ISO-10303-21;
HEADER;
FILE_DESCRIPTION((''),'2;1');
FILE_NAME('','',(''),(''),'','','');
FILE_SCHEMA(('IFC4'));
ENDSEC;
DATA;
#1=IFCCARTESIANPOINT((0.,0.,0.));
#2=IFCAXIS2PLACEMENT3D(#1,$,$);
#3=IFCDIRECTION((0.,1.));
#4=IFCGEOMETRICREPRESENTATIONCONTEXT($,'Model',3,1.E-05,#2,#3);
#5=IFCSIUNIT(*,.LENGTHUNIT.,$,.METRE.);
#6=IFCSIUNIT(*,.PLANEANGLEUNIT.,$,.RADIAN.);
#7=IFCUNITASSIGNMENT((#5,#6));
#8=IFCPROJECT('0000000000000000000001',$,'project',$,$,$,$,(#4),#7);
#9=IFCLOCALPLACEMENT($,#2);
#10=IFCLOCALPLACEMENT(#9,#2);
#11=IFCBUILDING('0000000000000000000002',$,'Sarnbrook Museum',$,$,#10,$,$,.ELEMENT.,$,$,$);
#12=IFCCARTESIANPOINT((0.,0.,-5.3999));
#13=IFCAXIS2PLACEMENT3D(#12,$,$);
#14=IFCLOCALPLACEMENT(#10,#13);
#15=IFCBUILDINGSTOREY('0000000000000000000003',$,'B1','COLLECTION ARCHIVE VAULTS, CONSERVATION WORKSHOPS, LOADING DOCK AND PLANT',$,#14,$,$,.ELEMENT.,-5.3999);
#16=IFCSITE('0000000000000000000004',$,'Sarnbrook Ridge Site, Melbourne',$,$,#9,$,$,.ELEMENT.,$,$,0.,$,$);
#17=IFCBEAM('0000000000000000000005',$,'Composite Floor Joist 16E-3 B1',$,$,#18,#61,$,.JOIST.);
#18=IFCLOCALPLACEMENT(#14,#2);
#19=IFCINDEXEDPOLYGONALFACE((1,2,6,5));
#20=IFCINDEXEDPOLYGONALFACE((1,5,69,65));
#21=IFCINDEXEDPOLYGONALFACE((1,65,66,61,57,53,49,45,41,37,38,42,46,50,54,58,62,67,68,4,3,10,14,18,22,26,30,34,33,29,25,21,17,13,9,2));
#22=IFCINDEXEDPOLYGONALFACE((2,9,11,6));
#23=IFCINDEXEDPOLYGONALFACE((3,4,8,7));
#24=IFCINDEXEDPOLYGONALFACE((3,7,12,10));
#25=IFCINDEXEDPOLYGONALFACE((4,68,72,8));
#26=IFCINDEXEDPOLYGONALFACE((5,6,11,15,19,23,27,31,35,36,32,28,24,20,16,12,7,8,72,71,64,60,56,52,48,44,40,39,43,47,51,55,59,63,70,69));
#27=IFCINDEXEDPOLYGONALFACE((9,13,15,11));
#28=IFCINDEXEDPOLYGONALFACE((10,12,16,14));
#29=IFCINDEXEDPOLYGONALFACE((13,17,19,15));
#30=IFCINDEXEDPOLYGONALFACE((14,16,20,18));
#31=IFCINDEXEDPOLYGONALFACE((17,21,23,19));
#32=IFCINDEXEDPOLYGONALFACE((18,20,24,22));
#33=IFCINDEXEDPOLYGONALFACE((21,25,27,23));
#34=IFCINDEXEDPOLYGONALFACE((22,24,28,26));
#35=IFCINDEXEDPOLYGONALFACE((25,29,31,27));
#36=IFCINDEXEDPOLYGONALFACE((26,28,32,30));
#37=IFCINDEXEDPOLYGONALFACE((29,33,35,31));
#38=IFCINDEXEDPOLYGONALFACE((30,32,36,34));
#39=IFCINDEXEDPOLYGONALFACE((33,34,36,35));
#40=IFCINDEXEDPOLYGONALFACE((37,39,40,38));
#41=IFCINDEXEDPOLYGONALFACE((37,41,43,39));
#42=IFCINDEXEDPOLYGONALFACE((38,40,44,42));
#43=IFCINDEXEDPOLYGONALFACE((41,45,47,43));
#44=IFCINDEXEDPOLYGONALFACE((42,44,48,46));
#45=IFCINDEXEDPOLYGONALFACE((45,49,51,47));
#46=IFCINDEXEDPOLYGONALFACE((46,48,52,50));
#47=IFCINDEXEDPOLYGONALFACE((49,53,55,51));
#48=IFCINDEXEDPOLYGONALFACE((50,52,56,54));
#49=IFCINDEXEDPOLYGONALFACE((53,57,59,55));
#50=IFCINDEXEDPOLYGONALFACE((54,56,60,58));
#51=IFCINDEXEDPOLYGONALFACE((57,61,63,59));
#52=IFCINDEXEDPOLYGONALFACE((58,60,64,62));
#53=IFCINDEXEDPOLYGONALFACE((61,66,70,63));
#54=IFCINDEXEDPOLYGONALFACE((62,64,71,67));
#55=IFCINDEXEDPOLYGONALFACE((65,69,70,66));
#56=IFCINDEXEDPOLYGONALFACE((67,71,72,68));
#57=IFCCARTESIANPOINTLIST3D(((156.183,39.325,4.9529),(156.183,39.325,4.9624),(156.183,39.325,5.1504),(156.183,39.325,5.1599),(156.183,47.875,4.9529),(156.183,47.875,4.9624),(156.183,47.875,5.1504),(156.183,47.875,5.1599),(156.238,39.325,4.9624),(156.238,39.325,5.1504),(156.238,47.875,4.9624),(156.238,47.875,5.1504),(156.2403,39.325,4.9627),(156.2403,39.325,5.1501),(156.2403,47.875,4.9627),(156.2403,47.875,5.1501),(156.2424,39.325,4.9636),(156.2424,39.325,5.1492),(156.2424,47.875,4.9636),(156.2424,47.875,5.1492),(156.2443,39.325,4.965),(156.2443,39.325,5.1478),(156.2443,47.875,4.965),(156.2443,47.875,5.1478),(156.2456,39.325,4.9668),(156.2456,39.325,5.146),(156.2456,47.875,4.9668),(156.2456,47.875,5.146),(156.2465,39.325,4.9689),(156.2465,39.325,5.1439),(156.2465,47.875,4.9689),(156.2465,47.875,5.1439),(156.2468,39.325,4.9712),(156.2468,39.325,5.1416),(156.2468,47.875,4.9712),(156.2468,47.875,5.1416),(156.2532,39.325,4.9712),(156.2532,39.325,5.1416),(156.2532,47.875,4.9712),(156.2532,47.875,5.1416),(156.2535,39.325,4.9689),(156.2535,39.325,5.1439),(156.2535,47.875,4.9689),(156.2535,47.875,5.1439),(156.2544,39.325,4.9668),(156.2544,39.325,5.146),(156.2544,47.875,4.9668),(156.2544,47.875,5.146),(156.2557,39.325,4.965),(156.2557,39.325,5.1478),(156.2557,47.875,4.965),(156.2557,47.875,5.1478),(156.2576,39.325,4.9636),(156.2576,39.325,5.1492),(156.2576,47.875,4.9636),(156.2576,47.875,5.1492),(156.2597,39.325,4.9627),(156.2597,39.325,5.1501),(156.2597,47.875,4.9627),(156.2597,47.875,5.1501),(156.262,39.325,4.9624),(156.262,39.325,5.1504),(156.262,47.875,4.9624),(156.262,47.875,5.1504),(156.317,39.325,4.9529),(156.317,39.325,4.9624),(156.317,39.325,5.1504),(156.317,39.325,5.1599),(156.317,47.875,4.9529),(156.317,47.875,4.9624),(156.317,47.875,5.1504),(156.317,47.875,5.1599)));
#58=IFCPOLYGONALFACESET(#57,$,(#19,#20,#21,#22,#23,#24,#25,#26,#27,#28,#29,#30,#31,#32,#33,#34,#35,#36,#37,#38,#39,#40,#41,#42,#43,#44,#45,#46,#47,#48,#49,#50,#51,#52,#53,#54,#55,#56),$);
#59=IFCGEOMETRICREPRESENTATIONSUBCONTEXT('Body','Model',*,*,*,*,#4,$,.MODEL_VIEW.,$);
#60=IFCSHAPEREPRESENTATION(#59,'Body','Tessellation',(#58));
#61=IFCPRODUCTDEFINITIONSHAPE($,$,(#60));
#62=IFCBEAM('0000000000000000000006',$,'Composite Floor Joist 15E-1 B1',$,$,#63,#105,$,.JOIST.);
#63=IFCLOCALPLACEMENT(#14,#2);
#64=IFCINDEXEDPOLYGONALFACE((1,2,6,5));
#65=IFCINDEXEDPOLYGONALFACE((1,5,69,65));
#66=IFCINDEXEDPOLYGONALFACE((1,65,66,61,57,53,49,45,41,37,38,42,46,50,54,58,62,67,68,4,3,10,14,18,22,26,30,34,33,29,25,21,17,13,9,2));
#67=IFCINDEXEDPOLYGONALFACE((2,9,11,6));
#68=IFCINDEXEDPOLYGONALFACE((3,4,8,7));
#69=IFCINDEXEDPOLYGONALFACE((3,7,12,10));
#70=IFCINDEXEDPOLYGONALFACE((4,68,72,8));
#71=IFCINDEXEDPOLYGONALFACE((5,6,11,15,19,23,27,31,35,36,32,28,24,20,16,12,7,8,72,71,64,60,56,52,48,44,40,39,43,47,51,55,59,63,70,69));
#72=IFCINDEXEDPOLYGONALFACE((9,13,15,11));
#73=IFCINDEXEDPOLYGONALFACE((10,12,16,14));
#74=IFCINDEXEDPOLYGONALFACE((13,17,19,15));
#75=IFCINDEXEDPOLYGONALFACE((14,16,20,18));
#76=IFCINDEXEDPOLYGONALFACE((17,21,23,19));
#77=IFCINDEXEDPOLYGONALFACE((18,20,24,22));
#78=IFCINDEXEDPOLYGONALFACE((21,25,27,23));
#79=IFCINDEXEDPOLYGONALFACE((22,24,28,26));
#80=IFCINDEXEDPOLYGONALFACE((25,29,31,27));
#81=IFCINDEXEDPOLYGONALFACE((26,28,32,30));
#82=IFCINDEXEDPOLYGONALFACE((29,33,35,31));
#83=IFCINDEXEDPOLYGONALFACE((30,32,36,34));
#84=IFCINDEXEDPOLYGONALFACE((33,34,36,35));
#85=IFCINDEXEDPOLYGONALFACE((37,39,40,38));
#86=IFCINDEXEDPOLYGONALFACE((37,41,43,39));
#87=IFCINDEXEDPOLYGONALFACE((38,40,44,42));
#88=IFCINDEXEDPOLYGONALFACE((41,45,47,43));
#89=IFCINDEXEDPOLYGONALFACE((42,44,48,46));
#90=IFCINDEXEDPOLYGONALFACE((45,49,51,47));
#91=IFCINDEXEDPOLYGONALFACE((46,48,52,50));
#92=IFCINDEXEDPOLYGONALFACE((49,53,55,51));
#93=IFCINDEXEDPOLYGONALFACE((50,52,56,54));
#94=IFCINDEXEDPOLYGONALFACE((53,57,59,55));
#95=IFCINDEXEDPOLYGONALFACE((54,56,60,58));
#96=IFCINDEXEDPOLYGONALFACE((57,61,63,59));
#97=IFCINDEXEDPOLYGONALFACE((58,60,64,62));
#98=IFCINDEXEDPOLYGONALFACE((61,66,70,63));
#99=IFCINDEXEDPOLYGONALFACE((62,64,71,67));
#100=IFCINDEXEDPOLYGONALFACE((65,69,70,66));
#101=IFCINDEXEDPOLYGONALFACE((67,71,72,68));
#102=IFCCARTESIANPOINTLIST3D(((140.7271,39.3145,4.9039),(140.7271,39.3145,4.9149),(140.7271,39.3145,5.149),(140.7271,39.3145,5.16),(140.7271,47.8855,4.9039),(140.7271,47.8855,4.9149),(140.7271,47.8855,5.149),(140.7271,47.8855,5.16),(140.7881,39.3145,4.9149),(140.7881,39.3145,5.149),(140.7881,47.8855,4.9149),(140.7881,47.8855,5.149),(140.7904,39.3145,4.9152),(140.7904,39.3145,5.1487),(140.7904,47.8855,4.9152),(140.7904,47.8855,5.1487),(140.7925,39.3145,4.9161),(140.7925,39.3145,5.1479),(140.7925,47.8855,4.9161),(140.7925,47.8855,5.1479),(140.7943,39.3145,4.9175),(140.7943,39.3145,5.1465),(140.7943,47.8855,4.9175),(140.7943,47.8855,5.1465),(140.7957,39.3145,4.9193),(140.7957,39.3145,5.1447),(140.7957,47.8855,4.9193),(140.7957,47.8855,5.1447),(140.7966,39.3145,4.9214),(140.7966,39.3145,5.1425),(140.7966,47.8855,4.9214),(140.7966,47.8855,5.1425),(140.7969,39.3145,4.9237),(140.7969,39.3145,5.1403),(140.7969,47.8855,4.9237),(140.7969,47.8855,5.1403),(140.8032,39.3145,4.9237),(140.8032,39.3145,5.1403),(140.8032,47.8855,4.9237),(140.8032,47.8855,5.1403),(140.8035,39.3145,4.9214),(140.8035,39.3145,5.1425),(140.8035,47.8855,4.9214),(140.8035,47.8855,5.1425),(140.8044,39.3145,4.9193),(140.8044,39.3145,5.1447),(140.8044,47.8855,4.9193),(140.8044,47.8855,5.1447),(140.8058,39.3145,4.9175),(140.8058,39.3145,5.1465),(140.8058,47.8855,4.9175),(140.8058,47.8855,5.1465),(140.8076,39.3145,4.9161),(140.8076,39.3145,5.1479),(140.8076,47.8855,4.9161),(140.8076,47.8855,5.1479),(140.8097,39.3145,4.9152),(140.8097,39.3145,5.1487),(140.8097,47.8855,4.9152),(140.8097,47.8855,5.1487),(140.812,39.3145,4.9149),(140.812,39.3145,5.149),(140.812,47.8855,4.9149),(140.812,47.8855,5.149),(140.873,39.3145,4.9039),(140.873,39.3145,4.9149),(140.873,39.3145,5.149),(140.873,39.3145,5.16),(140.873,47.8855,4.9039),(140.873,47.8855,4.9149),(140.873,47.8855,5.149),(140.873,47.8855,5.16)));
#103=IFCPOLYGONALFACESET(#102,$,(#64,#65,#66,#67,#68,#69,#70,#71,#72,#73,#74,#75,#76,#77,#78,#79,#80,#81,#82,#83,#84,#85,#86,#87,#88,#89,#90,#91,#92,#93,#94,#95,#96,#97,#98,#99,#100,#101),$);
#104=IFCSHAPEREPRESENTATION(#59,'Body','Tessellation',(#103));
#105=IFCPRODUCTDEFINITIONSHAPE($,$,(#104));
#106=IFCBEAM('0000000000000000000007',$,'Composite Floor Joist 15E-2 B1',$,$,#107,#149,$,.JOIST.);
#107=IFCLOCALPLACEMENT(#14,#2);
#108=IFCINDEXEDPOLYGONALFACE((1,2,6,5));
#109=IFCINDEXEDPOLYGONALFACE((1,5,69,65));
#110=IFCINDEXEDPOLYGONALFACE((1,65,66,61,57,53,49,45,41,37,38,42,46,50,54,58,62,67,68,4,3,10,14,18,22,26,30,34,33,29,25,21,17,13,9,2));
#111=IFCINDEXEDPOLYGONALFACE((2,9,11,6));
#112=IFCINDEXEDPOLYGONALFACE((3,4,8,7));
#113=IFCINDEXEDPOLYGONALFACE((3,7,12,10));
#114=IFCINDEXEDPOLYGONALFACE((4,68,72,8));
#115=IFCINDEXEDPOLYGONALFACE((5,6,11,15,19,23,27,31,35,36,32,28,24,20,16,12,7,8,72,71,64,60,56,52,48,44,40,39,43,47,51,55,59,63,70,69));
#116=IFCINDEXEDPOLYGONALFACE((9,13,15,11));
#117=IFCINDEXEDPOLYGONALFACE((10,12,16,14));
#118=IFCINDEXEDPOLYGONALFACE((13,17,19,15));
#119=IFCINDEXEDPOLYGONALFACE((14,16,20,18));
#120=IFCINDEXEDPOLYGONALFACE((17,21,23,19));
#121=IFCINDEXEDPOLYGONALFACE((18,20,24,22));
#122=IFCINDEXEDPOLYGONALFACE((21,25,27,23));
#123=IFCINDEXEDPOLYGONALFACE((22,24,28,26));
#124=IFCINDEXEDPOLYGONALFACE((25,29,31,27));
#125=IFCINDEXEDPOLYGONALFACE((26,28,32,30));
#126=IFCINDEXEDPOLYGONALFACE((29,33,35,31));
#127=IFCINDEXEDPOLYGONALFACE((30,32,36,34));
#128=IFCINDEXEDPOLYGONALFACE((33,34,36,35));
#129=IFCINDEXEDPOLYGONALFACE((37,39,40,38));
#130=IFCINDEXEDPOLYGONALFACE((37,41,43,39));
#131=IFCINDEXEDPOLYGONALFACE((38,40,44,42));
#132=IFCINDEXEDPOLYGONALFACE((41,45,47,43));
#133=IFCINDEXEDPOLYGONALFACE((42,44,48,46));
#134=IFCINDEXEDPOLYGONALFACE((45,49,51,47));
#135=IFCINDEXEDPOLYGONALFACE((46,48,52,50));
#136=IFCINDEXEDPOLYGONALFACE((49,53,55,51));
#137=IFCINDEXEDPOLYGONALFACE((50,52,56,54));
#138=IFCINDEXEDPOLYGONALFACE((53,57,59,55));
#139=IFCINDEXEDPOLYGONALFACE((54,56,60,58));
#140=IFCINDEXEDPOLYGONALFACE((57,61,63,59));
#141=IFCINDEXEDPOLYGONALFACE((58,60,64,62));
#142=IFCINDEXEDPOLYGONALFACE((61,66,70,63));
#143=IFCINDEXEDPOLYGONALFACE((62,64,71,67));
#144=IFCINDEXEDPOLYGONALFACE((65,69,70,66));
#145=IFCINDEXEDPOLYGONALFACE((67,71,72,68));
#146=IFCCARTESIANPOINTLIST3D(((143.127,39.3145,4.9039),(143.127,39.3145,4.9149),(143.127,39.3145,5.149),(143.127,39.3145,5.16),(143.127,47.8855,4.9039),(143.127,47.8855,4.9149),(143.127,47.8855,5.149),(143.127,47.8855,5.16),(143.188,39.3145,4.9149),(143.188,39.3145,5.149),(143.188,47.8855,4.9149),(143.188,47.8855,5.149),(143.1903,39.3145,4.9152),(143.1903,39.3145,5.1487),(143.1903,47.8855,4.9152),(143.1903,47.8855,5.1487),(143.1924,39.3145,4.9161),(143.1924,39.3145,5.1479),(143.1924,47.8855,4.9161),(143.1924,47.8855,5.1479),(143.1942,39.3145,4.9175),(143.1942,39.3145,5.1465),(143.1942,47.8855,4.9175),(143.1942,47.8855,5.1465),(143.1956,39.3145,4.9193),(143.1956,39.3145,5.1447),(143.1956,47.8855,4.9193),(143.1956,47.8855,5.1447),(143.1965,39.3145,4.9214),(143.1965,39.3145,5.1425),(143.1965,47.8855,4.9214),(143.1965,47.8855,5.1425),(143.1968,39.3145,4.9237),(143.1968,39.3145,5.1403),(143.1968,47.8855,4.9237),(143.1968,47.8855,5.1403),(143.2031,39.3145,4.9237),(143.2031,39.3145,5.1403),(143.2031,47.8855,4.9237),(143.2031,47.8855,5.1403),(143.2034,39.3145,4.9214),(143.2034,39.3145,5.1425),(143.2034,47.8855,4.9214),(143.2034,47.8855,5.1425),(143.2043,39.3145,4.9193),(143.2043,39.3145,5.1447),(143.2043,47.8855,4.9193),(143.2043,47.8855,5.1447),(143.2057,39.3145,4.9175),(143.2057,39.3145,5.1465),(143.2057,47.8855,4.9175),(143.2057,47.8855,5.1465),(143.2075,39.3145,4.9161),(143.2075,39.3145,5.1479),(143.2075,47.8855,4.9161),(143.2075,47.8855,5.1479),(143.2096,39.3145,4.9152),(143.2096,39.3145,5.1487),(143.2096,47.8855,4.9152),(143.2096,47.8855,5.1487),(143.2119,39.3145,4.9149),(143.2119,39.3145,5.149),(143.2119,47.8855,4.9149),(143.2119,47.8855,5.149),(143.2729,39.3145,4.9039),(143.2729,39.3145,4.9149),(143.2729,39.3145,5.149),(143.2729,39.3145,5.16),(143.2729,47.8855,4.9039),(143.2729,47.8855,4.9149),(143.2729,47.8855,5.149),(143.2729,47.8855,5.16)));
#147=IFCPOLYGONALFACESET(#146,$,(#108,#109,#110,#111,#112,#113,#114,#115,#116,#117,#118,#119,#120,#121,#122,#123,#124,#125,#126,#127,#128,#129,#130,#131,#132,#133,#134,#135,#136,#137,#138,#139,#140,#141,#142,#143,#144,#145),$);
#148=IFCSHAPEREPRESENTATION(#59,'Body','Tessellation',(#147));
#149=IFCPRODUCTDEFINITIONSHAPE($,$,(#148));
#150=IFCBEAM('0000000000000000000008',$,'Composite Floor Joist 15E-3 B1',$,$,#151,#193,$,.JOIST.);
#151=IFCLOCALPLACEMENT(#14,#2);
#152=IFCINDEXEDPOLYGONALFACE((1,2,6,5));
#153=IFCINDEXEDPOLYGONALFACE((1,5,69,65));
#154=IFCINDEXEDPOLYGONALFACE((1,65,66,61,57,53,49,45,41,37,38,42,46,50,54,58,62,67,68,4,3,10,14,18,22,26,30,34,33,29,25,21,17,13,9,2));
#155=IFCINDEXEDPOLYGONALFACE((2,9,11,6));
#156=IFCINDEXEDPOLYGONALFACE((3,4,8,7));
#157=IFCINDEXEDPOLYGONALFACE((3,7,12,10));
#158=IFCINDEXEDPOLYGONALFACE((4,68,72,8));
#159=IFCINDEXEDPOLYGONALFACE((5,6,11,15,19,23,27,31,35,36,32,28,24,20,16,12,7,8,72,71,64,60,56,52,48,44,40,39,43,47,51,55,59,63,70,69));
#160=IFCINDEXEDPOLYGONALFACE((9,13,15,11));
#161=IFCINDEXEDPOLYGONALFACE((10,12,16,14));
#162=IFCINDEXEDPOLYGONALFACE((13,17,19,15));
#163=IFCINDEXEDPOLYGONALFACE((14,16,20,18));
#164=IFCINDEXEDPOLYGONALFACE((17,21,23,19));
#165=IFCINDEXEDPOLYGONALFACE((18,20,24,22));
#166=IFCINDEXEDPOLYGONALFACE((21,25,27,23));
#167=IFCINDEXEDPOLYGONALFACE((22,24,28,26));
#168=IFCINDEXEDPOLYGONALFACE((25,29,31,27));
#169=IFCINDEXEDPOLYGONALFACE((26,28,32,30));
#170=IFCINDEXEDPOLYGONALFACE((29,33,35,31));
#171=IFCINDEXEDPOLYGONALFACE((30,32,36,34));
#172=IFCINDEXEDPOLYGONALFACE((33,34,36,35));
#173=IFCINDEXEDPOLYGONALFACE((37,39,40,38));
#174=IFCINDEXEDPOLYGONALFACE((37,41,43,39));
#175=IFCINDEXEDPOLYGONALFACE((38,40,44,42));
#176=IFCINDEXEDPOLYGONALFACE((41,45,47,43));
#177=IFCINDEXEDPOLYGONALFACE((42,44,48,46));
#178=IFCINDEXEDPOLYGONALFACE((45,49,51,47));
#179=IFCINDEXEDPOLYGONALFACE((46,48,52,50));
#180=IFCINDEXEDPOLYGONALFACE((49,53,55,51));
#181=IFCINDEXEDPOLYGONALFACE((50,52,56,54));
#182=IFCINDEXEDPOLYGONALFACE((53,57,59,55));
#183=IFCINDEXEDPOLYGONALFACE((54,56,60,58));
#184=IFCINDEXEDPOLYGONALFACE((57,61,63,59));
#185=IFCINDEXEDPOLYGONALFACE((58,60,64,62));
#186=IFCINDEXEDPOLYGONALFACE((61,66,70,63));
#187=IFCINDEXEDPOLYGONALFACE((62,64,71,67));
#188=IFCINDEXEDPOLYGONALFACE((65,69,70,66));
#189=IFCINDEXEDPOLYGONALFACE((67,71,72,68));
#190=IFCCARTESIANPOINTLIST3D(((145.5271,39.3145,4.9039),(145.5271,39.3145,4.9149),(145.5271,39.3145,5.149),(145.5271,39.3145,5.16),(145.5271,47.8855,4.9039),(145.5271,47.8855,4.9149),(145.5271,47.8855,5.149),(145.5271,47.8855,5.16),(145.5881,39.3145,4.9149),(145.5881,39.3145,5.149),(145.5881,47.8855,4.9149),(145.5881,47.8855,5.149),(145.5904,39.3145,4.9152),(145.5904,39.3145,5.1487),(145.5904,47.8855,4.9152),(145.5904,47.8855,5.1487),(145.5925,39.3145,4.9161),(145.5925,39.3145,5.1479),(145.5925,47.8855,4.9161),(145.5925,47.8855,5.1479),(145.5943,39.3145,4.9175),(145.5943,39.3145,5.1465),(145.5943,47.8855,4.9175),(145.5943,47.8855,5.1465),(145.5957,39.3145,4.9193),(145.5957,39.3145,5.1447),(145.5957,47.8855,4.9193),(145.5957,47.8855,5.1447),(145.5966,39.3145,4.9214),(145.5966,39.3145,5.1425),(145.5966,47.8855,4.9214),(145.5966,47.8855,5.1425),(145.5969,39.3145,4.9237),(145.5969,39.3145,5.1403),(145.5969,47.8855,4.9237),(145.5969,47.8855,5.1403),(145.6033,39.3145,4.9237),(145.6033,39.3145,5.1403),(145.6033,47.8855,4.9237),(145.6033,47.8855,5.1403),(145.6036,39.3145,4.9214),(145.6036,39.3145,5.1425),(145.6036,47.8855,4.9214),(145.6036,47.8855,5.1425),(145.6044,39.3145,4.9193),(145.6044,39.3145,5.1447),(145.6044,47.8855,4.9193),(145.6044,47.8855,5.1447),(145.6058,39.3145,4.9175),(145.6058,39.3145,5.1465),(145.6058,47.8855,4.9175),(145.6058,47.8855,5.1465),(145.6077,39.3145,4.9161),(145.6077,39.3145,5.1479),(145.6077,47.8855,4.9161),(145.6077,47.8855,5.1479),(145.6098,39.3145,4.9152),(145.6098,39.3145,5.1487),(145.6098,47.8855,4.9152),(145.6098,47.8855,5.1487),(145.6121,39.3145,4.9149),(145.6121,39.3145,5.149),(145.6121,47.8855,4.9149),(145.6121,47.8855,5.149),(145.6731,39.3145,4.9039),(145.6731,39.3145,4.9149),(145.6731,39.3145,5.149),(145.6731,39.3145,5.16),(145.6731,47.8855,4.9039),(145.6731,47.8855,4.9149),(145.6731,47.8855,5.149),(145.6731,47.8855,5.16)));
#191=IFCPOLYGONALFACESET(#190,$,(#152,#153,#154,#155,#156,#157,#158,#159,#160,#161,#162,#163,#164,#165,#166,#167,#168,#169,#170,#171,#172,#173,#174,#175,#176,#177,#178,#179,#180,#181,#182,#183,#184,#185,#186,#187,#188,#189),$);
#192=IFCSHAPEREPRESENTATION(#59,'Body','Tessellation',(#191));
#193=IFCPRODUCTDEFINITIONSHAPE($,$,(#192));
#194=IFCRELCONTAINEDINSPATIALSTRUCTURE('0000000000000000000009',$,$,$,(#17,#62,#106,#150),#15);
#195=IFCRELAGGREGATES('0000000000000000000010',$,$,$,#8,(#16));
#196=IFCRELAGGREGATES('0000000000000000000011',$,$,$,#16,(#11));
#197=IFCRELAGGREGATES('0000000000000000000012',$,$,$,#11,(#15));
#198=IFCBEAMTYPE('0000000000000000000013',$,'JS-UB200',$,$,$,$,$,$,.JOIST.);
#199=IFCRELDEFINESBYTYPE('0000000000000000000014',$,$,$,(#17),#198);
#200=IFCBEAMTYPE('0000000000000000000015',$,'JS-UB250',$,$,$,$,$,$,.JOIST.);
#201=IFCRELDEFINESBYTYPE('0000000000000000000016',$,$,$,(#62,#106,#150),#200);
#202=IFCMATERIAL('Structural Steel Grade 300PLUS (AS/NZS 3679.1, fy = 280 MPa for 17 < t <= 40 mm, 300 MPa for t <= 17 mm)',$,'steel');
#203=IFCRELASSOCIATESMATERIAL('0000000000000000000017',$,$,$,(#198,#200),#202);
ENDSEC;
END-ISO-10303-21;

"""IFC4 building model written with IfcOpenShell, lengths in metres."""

from ifc_helpers import new_model, si_unit, direction, frame, origin, origin_2d, place, context, subcontext, project, spatial, i_section, extrude, material, material_profile, profile_set, type_object, element, save


model = new_model("IFC4")

# Units and contexts
model_context = context("Model", 3, precision=1e-05, world=origin(), true_north=direction((0.0, 1.0)))
body_context = subcontext(model_context, "Body", "Model", "MODEL_VIEW")
ifc_project = project(units=[si_unit("LENGTHUNIT", "METRE"), si_unit("PLANEANGLEUNIT", "RADIAN")], contexts=[model_context])

# Site, building, storey
site_placement = place(None, origin())
site = spatial("IfcSite", under=ifc_project, at=site_placement, Name="Sarnbrook Ridge Site, Melbourne", CompositionType="ELEMENT", RefElevation=0.0)
building_placement = place(site_placement, origin())
building = spatial("IfcBuilding", under=site, at=building_placement, Name="Sarnbrook Museum", CompositionType="ELEMENT")
storey_placement = place(building_placement, frame((0.0, 0.0, -5.3999)))
storey = spatial("IfcBuildingStorey", under=building, at=storey_placement, Name="B1", Description="COLLECTION ARCHIVE VAULTS, CONSERVATION WORKSHOPS, LOADING DOCK AND PLANT", CompositionType="ELEMENT", Elevation=-5.3999)

# Beams
ifc_material_1 = material(Name="Structural Steel Grade 300PLUS (AS/NZS 3679.1, fy = 280 MPa for 17 < t <= 40 mm, 300 MPa for t <= 17 mm)", Category="steel")
ifc_material_profile_1 = material_profile(ifc_material_1, i_section(OverallWidth=0.134, OverallDepth=0.207, WebThickness=0.0063, FlangeThickness=0.0095, FilletRadius=0.0088, at=origin_2d()), Name="200UB29.8")
ifc_profile_set_1 = profile_set([ifc_material_profile_1], Name="Structural Steel Grade 300PLUS (AS/NZS 3679.1, fy = 280 MPa for 17 < t <= 40 mm, 300 MPa for t <= 17 mm)")
beam_type_1 = type_object("IfcBeamType", Name="JS-UB200", PredefinedType="JOIST", material=ifc_profile_set_1)
for number, where, z_axis, x_axis, name in (
    (1, (156.25, 39.325, 5.0564), (0.0, 1.0, 0.0), (-1.0, 0.0, 0.0), "Composite Floor Joist 16E-3 B1"),
):
    element("IfcBeam", number, at=place(storey_placement, frame(where, z_axis=z_axis, x_axis=x_axis)), inside=storey, type_object=beam_type_1, Name=name, PredefinedType="JOIST", context=body_context, shape_type="SweptSolid", body=[
        extrude(i_section(OverallWidth=0.134, OverallDepth=0.207, WebThickness=0.0063, FlangeThickness=0.0095, FilletRadius=0.0088, at=origin_2d()), origin(), (0.0, 0.0, 1.0), 8.55),
    ])
ifc_material_profile_2 = material_profile(ifc_material_1, i_section(OverallWidth=0.146, OverallDepth=0.2561, WebThickness=0.0063, FlangeThickness=0.011, FilletRadius=0.0088, at=origin_2d()), Name="250UB37.3")
ifc_profile_set_2 = profile_set([ifc_material_profile_2], Name="Structural Steel Grade 300PLUS (AS/NZS 3679.1, fy = 280 MPa for 17 < t <= 40 mm, 300 MPa for t <= 17 mm)")
beam_type_2 = type_object("IfcBeamType", Name="JS-UB250", PredefinedType="JOIST", material=ifc_profile_set_2)
for number, where, z_axis, x_axis, name in (
    (2, (140.8, 39.3145, 5.032), (0.0, 1.0, 0.0), (-1.0, 0.0, 0.0), "Composite Floor Joist 15E-1 B1"),
    (3, (143.2, 39.3145, 5.032), (0.0, 1.0, 0.0), (-1.0, 0.0, 0.0), "Composite Floor Joist 15E-2 B1"),
    (4, (145.6001, 39.3145, 5.032), (0.0, 1.0, 0.0), (-1.0, 0.0, 0.0), "Composite Floor Joist 15E-3 B1"),
):
    element("IfcBeam", number, at=place(storey_placement, frame(where, z_axis=z_axis, x_axis=x_axis)), inside=storey, type_object=beam_type_2, Name=name, PredefinedType="JOIST", context=body_context, shape_type="SweptSolid", body=[
        extrude(i_section(OverallWidth=0.146, OverallDepth=0.2561, WebThickness=0.0063, FlangeThickness=0.011, FilletRadius=0.0088, at=origin_2d()), origin(), (0.0, 0.0, 1.0), 8.571),
    ])

save(model, "model.ifc")
